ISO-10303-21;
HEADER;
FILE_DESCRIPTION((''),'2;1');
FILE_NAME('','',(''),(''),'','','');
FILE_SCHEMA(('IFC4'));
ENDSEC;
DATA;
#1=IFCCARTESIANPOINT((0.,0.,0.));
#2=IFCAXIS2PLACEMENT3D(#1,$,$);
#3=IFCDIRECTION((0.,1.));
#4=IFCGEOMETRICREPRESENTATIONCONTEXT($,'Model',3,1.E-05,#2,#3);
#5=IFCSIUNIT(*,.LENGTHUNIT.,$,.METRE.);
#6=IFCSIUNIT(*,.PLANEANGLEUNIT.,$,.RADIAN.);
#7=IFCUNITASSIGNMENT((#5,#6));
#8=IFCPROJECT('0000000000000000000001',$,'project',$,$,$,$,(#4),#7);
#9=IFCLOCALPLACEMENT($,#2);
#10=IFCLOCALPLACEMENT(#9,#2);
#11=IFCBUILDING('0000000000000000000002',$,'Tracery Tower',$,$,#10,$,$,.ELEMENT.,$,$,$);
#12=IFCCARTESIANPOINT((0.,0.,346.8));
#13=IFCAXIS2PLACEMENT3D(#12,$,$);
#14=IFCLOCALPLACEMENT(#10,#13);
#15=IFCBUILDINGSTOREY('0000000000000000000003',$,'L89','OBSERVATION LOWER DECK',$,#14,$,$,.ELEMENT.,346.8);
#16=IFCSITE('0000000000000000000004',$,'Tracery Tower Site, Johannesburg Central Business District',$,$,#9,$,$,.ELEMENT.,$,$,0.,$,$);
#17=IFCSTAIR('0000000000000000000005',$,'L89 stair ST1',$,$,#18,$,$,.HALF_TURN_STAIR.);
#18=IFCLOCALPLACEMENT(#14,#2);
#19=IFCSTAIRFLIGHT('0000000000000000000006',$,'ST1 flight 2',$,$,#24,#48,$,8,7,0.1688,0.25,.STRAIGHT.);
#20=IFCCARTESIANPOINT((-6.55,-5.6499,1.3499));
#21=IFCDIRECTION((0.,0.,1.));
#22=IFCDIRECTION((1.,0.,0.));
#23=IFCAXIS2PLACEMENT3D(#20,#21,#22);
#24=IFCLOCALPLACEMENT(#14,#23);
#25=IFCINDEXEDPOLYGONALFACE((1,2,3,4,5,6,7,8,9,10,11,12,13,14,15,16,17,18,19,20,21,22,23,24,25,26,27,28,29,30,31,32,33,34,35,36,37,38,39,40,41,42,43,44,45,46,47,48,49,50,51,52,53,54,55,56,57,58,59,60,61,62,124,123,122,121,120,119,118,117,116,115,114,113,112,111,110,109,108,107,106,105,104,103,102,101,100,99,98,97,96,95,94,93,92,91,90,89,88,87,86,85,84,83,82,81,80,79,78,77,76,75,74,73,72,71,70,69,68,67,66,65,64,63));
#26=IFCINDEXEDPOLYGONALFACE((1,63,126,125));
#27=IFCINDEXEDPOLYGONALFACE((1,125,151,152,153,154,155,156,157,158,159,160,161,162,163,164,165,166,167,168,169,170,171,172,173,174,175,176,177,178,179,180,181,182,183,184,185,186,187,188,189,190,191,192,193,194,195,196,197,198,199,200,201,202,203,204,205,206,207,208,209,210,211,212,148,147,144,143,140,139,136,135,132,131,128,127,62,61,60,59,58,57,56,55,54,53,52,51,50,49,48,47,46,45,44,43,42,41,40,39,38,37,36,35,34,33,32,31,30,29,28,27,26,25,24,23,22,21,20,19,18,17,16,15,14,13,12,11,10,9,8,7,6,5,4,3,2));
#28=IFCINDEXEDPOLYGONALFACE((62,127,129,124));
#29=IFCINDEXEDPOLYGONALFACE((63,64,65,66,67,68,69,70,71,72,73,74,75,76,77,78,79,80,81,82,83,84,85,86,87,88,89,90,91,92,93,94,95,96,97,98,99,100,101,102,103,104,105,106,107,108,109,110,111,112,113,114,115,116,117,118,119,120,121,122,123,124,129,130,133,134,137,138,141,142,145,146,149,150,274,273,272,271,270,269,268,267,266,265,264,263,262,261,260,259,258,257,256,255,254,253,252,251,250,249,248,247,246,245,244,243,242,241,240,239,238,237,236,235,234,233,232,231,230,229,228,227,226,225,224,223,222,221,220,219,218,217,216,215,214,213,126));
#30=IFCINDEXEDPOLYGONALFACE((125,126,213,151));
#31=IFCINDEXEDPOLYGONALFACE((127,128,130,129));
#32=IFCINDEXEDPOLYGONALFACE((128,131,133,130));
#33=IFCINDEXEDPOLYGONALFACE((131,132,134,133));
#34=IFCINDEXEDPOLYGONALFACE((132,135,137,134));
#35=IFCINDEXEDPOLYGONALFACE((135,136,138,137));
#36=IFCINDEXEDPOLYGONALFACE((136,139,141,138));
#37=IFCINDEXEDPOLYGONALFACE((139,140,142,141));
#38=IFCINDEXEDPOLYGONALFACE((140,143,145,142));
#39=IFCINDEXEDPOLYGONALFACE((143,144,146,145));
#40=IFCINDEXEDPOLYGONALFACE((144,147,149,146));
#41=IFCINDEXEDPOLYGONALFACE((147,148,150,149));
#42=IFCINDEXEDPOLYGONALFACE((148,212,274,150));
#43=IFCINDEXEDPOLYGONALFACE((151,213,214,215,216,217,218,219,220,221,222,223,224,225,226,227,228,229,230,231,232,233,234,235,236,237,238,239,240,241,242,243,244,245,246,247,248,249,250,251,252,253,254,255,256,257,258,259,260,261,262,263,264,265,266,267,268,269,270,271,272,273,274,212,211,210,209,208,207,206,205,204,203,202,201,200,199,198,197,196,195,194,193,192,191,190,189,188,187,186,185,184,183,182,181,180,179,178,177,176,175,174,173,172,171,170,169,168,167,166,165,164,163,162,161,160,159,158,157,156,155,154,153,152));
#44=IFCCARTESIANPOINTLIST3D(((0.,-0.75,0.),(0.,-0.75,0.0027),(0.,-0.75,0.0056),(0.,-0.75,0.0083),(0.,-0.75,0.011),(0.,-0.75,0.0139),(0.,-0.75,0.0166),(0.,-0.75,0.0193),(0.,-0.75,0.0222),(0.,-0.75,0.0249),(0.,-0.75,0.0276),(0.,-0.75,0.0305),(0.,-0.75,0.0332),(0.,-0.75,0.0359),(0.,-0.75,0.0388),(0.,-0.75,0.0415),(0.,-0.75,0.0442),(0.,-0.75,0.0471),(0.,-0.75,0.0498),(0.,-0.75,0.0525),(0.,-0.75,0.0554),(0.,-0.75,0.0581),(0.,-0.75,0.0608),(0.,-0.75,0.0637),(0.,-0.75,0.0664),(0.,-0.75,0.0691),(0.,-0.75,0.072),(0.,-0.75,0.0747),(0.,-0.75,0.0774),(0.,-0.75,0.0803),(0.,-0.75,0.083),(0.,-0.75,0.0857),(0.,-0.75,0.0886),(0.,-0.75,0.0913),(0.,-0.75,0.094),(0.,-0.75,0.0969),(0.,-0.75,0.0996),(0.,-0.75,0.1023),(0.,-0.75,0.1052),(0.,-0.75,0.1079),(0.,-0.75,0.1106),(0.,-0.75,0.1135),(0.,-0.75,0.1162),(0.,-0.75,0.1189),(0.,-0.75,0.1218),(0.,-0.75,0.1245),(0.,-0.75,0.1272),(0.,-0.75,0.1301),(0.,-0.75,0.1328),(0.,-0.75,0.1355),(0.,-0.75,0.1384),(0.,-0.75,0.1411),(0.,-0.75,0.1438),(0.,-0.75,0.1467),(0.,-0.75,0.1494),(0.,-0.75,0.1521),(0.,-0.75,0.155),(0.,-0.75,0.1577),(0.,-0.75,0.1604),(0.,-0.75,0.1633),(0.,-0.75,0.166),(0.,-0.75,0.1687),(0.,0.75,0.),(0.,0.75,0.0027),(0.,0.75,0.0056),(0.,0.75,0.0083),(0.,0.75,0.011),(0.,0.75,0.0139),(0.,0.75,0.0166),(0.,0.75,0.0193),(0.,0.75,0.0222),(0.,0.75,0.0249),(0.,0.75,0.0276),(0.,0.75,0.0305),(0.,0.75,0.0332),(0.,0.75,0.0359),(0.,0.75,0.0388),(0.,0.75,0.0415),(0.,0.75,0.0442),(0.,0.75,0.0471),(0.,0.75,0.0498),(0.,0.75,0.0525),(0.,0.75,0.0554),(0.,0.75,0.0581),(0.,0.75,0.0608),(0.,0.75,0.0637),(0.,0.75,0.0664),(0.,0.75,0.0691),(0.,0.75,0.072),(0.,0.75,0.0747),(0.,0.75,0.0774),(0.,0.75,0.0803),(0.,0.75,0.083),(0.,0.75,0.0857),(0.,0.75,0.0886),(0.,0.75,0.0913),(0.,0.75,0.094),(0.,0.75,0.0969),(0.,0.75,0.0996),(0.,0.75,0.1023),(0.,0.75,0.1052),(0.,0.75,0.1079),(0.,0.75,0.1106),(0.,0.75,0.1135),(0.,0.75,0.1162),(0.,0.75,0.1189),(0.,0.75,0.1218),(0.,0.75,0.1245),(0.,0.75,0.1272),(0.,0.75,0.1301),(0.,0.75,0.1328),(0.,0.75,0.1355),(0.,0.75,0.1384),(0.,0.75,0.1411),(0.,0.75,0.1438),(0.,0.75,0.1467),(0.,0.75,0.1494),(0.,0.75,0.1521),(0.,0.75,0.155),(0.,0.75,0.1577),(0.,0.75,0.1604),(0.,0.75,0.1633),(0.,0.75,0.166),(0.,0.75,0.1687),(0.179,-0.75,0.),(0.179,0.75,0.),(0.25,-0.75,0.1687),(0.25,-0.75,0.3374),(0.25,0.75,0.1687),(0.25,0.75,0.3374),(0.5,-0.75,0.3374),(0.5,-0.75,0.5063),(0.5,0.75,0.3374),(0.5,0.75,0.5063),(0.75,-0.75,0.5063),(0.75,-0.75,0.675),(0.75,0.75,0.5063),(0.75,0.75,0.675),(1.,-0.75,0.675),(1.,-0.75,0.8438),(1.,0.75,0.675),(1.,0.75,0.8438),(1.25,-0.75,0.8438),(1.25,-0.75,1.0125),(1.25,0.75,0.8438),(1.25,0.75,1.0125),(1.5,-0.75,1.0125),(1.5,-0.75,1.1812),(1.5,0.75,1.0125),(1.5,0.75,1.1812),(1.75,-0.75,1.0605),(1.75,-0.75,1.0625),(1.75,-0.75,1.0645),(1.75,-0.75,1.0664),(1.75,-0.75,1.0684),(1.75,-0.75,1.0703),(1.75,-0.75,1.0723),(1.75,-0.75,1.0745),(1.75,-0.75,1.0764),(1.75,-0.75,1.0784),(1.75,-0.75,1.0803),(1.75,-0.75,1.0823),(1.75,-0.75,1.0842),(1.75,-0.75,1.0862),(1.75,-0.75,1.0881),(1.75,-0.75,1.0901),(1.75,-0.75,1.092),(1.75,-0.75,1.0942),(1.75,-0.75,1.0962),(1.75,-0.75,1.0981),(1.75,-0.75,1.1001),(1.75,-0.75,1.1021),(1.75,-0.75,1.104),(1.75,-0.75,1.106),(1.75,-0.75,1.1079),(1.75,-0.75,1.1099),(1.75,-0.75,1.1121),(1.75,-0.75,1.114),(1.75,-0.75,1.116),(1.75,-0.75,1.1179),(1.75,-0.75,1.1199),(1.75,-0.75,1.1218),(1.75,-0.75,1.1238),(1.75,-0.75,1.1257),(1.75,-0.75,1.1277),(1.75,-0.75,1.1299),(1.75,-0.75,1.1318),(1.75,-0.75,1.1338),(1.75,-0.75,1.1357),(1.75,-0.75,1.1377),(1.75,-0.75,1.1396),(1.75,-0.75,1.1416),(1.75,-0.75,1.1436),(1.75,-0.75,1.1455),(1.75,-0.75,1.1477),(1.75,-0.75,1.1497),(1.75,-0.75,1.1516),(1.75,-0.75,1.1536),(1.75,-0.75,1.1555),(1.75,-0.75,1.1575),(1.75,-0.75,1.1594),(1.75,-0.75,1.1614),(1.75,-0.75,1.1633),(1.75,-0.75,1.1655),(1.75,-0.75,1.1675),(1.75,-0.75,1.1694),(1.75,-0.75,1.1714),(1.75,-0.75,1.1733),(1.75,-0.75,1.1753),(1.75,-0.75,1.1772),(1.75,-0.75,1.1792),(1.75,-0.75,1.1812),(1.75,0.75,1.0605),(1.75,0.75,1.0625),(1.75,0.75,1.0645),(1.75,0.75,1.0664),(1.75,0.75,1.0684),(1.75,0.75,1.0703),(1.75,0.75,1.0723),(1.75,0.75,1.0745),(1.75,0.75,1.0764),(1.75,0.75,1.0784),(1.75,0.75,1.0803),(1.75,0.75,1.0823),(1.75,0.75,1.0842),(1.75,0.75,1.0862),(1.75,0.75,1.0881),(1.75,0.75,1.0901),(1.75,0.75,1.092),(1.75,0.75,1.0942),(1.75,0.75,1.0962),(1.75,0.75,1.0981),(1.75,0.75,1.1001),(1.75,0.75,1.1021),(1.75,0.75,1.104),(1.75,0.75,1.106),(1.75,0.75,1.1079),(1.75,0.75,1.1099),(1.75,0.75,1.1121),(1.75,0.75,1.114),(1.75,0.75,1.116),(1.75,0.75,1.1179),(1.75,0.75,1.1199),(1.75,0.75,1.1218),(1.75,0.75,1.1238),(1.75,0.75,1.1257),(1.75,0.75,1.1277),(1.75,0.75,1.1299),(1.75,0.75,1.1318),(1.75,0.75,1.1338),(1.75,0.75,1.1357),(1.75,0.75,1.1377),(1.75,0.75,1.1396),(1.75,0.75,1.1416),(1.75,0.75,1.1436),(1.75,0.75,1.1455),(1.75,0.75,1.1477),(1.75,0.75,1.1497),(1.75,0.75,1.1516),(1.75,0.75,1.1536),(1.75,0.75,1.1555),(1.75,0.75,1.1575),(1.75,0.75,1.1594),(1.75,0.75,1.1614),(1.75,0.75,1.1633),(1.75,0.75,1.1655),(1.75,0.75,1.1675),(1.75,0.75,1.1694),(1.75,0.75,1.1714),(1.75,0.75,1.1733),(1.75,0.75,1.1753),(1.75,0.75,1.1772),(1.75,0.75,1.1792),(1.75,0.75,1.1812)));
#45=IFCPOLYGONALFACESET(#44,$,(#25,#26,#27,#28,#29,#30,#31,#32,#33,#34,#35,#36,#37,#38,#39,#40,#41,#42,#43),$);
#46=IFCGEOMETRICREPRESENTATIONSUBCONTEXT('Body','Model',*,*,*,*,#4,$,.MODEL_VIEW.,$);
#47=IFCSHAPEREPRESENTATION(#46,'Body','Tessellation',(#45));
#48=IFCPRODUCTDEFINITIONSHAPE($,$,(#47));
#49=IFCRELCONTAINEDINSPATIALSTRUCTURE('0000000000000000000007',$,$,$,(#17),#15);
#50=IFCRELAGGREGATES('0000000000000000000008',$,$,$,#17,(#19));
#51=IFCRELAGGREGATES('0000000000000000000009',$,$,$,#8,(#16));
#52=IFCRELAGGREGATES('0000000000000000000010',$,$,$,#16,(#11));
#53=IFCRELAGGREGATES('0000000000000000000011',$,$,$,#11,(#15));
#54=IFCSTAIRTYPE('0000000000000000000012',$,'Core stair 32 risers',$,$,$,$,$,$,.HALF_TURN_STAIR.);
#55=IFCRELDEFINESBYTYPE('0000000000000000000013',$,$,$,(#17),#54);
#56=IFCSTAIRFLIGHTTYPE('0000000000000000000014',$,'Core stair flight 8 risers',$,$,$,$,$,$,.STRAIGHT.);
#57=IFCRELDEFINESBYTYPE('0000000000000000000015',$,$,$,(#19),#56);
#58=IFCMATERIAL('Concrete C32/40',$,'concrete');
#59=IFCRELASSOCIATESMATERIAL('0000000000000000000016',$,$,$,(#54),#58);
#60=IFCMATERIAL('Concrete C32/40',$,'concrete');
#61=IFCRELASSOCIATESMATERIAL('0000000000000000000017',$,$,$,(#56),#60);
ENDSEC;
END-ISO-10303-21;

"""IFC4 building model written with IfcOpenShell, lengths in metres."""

from ifc_helpers import new_model, si_unit, direction, frame, origin, place, context, subcontext, project, spatial, polyline, outline, extrude, material, type_object, element, aggregate, save


model = new_model("IFC4")

# Units and contexts
model_context = context("Model", 3, precision=1e-05, world=origin(), true_north=direction((0.0, 1.0)))
body_context = subcontext(model_context, "Body", "Model", "MODEL_VIEW")
ifc_project = project(units=[si_unit("LENGTHUNIT", "METRE"), si_unit("PLANEANGLEUNIT", "RADIAN")], contexts=[model_context])

# Site, building, storey
site_placement = place(None, origin())
site = spatial("IfcSite", under=ifc_project, at=site_placement, Name="Tracery Tower Site, Johannesburg Central Business District", CompositionType="ELEMENT", RefElevation=0.0)
building_placement = place(site_placement, origin())
building = spatial("IfcBuilding", under=site, at=building_placement, Name="Tracery Tower", CompositionType="ELEMENT")
storey_placement = place(building_placement, frame((0.0, 0.0, 346.8)))
storey = spatial("IfcBuildingStorey", under=building, at=storey_placement, Name="L89", Description="OBSERVATION LOWER DECK", CompositionType="ELEMENT", Elevation=346.8)

# Stair, stair flight
ifc_material_1 = material(Name="Concrete C32/40", Category="concrete")
stair_type = type_object("IfcStairType", Name="Core stair 32 risers", PredefinedType="HALF_TURN_STAIR", material=ifc_material_1)
stair_placement = place(storey_placement, origin())
stair = element("IfcStair", 1, at=stair_placement, inside=storey, type_object=stair_type, Name="L89 stair ST1", PredefinedType="HALF_TURN_STAIR")
ifc_material_2 = material(Name="Concrete C32/40", Category="concrete")
stair_flight_type = type_object("IfcStairFlightType", Name="Core stair flight 8 risers", PredefinedType="STRAIGHT", material=ifc_material_2)
stair_flight_1_placement = place(storey_placement, frame((-6.55, -5.6499, 1.3499), z_axis=(0.0, 0.0, 1.0), x_axis=(1.0, 0.0, 0.0)))
stair_flight_1 = element("IfcStairFlight", 2, at=stair_flight_1_placement, type_object=stair_flight_type, Name="ST1 flight 2", NumberOfRisers=8, NumberOfTreads=7, PredefinedType="STRAIGHT", RiserHeight=0.1688, TreadLength=0.25, context=body_context, shape_type="SweptSolid", body=[
    extrude(outline(polyline([(0.0, 0.0), (0.0, 0.0027), (0.0, 0.0056), (0.0, 0.0083), (0.0, 0.011), (0.0, 0.0139), (0.0, 0.0166), (0.0, 0.0193), (0.0, 0.0222), (0.0, 0.0249), (0.0, 0.0276), (0.0, 0.0305), (0.0, 0.0332), (0.0, 0.0359), (0.0, 0.0388), (0.0, 0.0415), (0.0, 0.0442), (0.0, 0.0471), (0.0, 0.0498), (0.0, 0.0525), (0.0, 0.0554), (0.0, 0.0581), (0.0, 0.0608), (0.0, 0.0637), (0.0, 0.0664), (0.0, 0.0691), (0.0, 0.072), (0.0, 0.0747), (0.0, 0.0774), (0.0, 0.0803), (0.0, 0.083), (0.0, 0.0857), (0.0, 0.0886), (0.0, 0.0913), (0.0, 0.094), (0.0, 0.0969), (0.0, 0.0996), (0.0, 0.1023), (0.0, 0.1052), (0.0, 0.1079), (0.0, 0.1106), (0.0, 0.1135), (0.0, 0.1162), (0.0, 0.1189), (0.0, 0.1218), (0.0, 0.1245), (0.0, 0.1272), (0.0, 0.1301), (0.0, 0.1328), (0.0, 0.1355), (0.0, 0.1384), (0.0, 0.1411), (0.0, 0.1438), (0.0, 0.1467), (0.0, 0.1494), (0.0, 0.1521), (0.0, 0.155), (0.0, 0.1577), (0.0, 0.1604), (0.0, 0.1633), (0.0, 0.166), (0.0, 0.1687), (0.25, 0.1687), (0.25, 0.3374), (0.5, 0.3374), (0.5, 0.5063), (0.75, 0.5063), (0.75, 0.675), (1.0, 0.675), (1.0, 0.8438), (1.25, 0.8438), (1.25, 1.0125), (1.5, 1.0125), (1.5, 1.1812), (1.75, 1.1812), (1.75, 1.1792), (1.75, 1.1772), (1.75, 1.1753), (1.75, 1.1733), (1.75, 1.1714), (1.75, 1.1694), (1.75, 1.1675), (1.75, 1.1655), (1.75, 1.1633), (1.75, 1.1614), (1.75, 1.1594), (1.75, 1.1575), (1.75, 1.1555), (1.75, 1.1536), (1.75, 1.1516), (1.75, 1.1497), (1.75, 1.1477), (1.75, 1.1455), (1.75, 1.1436), (1.75, 1.1416), (1.75, 1.1396), (1.75, 1.1377), (1.75, 1.1357), (1.75, 1.1338), (1.75, 1.1318), (1.75, 1.1299), (1.75, 1.1277), (1.75, 1.1257), (1.75, 1.1238), (1.75, 1.1218), (1.75, 1.1199), (1.75, 1.1179), (1.75, 1.116), (1.75, 1.114), (1.75, 1.1121), (1.75, 1.1099), (1.75, 1.1079), (1.75, 1.106), (1.75, 1.104), (1.75, 1.1021), (1.75, 1.1001), (1.75, 1.0981), (1.75, 1.0962), (1.75, 1.0942), (1.75, 1.092), (1.75, 1.0901), (1.75, 1.0881), (1.75, 1.0862), (1.75, 1.0842), (1.75, 1.0823), (1.75, 1.0803), (1.75, 1.0784), (1.75, 1.0764), (1.75, 1.0745), (1.75, 1.0723), (1.75, 1.0703), (1.75, 1.0684), (1.75, 1.0664), (1.75, 1.0645), (1.75, 1.0625), (1.75, 1.0605), (0.179, 0.0), (0.0, 0.0)])), frame((0.0, 0.75, 0.0), z_axis=(0.0, -1.0, 0.0), x_axis=(1.0, 0.0, 0.0)), (0.0, 0.0, 1.0), 1.5),
])
aggregate(stair, [stair_flight_1])

save(model, "model.ifc")
